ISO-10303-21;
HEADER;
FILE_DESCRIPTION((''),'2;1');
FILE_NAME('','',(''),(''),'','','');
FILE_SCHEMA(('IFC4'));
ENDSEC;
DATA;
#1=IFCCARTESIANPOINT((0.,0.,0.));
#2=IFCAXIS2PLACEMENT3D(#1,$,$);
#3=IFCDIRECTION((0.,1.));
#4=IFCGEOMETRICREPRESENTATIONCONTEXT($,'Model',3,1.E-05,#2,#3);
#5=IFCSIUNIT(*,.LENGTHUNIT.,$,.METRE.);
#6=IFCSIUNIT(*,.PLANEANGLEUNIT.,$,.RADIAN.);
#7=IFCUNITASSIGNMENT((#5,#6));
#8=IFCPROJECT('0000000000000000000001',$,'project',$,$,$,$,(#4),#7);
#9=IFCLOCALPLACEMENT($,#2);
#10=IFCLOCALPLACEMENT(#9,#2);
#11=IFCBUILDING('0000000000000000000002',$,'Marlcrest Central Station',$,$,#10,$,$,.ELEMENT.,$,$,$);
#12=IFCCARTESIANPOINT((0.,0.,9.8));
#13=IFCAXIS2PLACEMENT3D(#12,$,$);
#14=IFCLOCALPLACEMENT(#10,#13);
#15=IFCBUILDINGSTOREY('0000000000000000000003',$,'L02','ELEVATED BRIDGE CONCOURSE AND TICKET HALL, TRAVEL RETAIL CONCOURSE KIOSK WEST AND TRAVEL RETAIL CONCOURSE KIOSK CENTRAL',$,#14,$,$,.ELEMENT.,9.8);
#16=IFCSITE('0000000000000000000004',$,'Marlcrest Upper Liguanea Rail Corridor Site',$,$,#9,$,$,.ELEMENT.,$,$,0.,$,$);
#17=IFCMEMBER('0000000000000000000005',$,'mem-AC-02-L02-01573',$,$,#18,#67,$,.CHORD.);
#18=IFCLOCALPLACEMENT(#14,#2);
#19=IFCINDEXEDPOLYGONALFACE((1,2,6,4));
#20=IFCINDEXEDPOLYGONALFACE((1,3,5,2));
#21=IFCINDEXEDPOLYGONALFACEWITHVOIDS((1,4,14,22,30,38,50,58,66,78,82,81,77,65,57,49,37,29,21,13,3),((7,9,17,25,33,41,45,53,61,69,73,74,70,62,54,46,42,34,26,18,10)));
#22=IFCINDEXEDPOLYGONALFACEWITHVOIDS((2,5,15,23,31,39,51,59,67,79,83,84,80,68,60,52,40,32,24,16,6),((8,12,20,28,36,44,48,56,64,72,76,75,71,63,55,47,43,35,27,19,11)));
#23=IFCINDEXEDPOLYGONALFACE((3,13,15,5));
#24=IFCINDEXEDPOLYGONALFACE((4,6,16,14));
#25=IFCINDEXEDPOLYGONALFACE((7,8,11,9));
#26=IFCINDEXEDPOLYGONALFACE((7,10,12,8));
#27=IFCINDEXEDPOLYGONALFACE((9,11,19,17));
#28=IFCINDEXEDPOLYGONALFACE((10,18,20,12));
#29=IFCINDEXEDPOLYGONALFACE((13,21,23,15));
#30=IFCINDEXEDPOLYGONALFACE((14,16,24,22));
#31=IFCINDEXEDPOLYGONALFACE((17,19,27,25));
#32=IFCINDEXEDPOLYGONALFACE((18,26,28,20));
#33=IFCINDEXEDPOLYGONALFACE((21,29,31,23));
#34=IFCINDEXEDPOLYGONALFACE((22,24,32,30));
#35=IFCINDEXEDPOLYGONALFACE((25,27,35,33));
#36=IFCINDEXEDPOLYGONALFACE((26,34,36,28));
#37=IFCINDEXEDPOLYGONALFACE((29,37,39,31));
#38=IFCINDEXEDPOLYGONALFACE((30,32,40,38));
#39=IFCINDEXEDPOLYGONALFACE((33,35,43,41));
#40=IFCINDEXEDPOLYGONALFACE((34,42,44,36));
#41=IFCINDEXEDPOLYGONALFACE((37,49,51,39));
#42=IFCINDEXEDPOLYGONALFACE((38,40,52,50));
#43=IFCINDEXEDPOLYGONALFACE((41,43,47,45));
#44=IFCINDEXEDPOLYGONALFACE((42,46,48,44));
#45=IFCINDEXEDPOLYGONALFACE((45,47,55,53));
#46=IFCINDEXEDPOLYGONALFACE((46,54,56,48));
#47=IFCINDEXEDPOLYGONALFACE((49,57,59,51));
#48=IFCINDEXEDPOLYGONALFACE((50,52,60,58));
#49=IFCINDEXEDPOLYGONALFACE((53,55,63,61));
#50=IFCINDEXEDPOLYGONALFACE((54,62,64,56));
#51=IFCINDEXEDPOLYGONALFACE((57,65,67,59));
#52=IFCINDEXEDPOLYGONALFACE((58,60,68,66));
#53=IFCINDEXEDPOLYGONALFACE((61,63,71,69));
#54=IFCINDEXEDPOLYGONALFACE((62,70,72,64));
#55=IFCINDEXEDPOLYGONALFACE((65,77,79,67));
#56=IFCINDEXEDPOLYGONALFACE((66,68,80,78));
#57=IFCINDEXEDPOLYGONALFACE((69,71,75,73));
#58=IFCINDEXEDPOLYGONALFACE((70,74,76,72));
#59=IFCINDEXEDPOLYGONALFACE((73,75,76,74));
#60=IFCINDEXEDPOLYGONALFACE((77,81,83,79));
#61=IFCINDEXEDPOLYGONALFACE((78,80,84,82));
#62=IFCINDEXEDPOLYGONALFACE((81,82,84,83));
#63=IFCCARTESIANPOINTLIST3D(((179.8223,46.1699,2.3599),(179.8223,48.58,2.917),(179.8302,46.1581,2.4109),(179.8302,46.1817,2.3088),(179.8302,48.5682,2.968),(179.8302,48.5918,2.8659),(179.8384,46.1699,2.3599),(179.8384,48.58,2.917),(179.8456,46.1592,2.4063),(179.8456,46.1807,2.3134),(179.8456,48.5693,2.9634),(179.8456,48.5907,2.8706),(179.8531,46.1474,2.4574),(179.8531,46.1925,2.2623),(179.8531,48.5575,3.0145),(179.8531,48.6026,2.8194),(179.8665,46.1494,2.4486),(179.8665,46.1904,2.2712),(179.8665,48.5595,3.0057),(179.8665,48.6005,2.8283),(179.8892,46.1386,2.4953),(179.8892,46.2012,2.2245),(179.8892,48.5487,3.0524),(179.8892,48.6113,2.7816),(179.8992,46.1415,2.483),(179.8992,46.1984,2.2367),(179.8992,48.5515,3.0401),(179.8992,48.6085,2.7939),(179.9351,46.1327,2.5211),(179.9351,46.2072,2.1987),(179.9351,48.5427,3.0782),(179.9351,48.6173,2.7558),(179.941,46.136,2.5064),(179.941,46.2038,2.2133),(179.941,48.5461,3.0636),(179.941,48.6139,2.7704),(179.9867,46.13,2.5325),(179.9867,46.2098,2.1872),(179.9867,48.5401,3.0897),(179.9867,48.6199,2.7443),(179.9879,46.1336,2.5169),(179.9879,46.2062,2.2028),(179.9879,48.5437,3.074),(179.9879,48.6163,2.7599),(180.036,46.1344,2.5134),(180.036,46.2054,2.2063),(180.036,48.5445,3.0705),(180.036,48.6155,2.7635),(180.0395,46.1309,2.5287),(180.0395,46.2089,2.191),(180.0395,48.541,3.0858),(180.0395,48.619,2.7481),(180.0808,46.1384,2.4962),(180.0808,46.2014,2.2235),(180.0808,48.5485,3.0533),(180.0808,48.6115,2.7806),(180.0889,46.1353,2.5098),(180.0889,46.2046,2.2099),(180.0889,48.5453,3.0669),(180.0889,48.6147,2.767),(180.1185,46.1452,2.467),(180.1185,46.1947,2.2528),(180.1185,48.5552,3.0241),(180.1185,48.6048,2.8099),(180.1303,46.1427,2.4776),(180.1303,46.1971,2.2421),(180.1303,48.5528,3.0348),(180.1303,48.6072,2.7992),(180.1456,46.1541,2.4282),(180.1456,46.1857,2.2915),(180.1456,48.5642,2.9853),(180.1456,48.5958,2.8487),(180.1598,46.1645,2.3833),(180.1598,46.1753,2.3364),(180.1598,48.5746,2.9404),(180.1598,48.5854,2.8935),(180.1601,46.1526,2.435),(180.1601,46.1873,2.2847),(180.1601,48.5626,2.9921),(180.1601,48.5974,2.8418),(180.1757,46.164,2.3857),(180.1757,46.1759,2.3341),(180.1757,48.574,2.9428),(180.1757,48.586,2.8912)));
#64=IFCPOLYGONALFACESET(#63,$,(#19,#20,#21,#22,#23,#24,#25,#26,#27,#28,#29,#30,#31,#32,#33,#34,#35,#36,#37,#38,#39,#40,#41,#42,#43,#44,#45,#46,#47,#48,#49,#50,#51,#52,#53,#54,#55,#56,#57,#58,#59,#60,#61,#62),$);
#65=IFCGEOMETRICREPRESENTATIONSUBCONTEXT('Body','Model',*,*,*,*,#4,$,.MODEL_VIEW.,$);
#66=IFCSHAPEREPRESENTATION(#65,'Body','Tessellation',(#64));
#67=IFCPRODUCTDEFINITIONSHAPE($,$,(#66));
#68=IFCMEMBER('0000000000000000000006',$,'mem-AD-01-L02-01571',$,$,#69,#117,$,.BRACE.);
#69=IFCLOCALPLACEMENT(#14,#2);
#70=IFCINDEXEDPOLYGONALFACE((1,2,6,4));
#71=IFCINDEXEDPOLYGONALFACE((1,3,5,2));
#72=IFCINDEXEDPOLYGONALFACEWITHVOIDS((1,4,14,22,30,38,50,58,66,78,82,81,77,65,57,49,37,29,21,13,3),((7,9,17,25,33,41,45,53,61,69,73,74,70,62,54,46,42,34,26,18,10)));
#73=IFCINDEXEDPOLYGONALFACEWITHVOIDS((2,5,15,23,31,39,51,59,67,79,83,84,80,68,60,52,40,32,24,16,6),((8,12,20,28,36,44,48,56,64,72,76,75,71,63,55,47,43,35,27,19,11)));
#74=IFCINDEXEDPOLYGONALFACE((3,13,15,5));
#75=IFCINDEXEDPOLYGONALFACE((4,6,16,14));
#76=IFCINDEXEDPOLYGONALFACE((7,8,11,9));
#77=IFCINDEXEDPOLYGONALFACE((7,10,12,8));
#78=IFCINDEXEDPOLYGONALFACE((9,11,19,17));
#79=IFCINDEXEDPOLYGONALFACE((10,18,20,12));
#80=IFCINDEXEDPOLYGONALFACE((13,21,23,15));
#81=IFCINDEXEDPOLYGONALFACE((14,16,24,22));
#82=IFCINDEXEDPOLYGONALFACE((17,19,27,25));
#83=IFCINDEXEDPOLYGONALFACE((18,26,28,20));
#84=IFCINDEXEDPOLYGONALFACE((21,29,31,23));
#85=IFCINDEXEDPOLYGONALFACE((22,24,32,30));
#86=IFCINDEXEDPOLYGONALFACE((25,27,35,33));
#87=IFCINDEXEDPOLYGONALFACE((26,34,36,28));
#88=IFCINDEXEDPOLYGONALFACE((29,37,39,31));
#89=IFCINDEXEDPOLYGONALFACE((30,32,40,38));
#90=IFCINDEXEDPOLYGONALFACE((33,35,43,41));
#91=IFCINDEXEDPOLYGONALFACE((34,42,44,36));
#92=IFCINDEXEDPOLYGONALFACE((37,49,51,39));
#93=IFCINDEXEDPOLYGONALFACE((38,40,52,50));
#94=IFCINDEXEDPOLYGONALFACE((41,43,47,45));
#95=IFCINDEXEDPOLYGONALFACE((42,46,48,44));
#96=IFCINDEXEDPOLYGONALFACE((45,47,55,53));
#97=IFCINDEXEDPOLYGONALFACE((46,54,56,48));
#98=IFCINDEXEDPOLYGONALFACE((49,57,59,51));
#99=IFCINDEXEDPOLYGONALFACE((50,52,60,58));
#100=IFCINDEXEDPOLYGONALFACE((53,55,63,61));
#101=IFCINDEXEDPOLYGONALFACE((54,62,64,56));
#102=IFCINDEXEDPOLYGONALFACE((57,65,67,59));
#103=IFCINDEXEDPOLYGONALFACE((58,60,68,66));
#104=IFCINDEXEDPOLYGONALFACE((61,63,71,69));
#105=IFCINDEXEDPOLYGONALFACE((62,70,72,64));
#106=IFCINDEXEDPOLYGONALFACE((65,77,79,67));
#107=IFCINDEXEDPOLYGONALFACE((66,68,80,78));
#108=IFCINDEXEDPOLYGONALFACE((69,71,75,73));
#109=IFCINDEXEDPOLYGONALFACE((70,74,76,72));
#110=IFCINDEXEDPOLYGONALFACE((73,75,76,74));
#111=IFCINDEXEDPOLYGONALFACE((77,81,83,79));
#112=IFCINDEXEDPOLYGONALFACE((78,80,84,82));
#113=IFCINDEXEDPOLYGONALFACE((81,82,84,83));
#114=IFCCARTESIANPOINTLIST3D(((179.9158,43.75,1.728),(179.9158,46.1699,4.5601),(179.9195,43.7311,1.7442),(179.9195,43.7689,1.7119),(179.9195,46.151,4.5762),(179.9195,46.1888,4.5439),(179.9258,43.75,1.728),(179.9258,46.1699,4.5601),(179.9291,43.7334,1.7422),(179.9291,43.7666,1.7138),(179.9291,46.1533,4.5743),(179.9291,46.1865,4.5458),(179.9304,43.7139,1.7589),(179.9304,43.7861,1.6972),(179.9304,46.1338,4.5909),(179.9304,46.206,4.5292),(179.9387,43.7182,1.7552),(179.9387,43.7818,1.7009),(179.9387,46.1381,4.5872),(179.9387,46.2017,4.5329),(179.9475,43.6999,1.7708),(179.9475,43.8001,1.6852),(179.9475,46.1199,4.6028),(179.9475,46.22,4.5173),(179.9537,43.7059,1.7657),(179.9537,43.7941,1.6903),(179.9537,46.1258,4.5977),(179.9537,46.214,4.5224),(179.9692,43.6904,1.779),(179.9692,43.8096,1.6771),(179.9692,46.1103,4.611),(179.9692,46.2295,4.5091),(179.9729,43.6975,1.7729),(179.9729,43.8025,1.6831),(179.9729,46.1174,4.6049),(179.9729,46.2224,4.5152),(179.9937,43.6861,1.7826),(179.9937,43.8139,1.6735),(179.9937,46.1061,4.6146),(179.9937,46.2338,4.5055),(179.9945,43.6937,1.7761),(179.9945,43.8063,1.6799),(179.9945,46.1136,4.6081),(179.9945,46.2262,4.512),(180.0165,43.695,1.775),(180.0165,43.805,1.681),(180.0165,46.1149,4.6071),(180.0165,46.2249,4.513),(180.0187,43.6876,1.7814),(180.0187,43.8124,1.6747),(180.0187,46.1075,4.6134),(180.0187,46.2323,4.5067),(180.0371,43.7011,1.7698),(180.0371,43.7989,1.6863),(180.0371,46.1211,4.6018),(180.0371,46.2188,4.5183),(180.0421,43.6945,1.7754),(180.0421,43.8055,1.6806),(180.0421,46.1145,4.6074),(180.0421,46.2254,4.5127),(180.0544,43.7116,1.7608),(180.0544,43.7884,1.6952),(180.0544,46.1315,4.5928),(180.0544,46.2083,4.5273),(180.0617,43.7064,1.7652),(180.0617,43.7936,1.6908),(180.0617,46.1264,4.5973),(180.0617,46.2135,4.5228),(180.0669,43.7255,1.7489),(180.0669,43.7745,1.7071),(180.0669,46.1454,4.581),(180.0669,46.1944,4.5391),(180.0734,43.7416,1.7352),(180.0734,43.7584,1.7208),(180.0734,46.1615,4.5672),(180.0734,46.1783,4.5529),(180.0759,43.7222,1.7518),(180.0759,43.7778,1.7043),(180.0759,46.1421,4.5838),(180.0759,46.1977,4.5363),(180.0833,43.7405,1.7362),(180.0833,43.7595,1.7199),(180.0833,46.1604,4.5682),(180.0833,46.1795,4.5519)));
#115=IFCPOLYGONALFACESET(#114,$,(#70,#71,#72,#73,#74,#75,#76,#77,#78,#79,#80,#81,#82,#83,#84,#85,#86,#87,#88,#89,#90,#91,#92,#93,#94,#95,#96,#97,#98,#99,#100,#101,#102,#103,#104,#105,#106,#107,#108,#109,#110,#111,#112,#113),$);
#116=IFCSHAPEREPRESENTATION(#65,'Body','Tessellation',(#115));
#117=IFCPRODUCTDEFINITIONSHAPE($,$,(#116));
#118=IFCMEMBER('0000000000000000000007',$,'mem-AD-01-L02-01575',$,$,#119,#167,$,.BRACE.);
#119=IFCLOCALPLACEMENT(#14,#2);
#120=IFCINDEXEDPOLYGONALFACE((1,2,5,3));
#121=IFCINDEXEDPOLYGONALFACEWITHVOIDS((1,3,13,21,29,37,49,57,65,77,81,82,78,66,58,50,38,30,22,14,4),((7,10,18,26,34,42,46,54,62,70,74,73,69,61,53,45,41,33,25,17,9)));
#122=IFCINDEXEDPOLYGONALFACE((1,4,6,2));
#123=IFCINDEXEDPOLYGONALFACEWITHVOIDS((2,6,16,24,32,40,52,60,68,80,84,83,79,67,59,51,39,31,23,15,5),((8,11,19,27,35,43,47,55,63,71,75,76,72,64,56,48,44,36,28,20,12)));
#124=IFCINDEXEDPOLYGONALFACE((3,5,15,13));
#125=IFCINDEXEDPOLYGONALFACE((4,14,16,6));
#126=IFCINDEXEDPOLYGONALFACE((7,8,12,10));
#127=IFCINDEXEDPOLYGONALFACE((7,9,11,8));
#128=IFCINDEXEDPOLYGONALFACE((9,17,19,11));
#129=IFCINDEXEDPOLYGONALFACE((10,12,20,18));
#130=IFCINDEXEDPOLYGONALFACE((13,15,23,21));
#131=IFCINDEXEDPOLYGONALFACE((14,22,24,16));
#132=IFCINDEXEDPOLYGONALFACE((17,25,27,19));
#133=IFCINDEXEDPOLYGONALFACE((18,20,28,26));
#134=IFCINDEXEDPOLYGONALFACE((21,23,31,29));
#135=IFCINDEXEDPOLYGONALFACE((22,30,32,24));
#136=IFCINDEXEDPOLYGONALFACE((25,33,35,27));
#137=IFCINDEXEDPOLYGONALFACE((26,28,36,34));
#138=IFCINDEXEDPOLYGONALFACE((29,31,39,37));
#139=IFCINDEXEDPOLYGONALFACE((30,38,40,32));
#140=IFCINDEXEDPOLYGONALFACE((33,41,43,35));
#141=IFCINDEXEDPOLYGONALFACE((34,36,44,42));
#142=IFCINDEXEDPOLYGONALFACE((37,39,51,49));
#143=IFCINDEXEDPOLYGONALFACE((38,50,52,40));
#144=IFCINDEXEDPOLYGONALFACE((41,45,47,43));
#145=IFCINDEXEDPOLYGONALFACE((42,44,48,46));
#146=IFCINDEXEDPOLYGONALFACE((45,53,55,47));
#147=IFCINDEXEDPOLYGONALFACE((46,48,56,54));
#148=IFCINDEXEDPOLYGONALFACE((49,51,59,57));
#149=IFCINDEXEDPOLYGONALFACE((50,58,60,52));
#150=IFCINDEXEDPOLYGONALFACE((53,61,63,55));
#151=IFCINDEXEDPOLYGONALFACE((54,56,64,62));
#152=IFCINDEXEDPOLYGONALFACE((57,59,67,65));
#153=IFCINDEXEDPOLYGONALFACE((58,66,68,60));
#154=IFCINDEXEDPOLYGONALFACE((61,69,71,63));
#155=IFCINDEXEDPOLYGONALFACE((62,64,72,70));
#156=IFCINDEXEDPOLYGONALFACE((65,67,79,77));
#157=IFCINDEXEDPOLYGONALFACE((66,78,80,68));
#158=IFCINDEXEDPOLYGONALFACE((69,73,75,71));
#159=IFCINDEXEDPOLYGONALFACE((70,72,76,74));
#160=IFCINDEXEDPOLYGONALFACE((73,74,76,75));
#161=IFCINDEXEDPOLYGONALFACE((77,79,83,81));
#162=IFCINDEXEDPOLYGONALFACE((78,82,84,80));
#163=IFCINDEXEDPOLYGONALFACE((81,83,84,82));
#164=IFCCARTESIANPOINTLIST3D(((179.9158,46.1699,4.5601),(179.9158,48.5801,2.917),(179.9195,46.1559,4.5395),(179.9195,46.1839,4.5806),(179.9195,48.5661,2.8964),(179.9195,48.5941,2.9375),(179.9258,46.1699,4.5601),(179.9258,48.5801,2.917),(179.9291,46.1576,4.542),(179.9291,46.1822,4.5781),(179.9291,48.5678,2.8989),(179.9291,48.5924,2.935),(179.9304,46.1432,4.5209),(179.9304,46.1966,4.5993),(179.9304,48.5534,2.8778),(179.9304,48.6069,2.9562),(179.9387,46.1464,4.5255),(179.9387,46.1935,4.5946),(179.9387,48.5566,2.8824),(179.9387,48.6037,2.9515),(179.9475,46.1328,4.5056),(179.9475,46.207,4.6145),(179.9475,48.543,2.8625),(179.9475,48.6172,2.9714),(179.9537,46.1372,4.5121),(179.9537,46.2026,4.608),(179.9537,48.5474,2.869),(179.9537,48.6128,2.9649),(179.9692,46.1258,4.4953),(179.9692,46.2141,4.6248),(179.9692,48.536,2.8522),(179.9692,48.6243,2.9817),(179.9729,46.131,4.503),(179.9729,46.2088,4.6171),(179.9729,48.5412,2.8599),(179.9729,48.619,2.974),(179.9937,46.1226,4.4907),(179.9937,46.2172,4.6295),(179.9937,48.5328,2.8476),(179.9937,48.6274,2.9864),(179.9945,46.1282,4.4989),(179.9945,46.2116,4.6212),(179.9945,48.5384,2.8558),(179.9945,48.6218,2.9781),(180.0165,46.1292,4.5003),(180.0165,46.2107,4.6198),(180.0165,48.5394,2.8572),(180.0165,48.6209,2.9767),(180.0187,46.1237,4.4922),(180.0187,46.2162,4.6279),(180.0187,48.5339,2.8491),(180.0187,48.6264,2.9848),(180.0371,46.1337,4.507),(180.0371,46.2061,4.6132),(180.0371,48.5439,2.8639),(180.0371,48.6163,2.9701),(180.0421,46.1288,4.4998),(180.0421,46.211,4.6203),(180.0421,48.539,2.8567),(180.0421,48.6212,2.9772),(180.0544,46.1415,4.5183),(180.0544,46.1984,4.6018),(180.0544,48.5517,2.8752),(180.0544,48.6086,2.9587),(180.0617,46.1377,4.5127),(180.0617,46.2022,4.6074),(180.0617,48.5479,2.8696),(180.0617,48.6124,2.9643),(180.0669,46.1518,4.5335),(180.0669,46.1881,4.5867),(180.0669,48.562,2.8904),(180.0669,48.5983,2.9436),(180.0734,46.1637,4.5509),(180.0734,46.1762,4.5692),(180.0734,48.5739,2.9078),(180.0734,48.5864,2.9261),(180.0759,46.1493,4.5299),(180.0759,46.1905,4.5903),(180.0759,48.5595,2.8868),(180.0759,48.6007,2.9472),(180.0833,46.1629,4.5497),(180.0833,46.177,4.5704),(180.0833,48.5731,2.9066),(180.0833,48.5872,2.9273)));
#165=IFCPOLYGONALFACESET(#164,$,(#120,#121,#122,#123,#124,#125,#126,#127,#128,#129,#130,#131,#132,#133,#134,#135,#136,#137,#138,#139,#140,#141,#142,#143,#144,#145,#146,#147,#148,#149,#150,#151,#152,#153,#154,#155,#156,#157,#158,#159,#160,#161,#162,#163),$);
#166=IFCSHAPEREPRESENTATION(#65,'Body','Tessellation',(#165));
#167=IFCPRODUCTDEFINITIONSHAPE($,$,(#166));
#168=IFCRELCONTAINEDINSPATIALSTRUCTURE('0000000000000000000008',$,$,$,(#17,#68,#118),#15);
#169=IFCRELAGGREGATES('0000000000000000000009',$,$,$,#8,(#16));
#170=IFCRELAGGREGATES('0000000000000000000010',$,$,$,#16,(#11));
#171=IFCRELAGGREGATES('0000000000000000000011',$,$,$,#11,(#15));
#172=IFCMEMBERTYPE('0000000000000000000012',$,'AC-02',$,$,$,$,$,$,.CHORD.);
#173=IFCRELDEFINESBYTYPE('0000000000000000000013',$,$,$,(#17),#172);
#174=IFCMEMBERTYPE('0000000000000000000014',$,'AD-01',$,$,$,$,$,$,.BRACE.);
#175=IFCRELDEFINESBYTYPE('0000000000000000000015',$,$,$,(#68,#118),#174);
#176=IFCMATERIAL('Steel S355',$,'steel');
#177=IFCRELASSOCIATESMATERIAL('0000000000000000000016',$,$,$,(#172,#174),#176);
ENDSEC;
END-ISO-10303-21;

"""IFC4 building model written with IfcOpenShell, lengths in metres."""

from ifc_helpers import new_model, si_unit, direction, frame, origin, origin_2d, place, context, subcontext, project, spatial, hollow_circle, extrude, material, material_profile, profile_set, type_object, element, save


model = new_model("IFC4")

# Units and contexts
model_context = context("Model", 3, precision=1e-05, world=origin(), true_north=direction((0.0, 1.0)))
body_context = subcontext(model_context, "Body", "Model", "MODEL_VIEW")
ifc_project = project(units=[si_unit("LENGTHUNIT", "METRE"), si_unit("PLANEANGLEUNIT", "RADIAN")], contexts=[model_context])

# Site, building, storey
site_placement = place(None, origin())
site = spatial("IfcSite", under=ifc_project, at=site_placement, Name="Marlcrest Upper Liguanea Rail Corridor Site", CompositionType="ELEMENT", RefElevation=0.0)
building_placement = place(site_placement, origin())
building = spatial("IfcBuilding", under=site, at=building_placement, Name="Marlcrest Central Station", CompositionType="ELEMENT")
storey_placement = place(building_placement, frame((0.0, 0.0, 9.8)))
storey = spatial("IfcBuildingStorey", under=building, at=storey_placement, Name="L02", Description="ELEVATED BRIDGE CONCOURSE AND TICKET HALL, TRAVEL RETAIL CONCOURSE KIOSK WEST AND TRAVEL RETAIL CONCOURSE KIOSK CENTRAL", CompositionType="ELEMENT", Elevation=9.8)

# Members
ifc_material_1 = material(Name="Steel S355", Category="steel")
ifc_material_profile_1 = material_profile(ifc_material_1, hollow_circle(Radius=0.1777, WallThickness=0.0161, at=origin_2d()), Name="CHS 355.6x16")
ifc_profile_set_1 = profile_set([ifc_material_profile_1], Name="Steel S355")
member_type_1 = type_object("IfcMemberType", Name="AC-02", PredefinedType="CHORD", material=ifc_profile_set_1)
member_1_placement = place(storey_placement, frame((180.0, 46.1699, 2.3599), z_axis=(0.0, 0.974308, 0.22522), x_axis=(-1.0, 0.0, 0.0)))
element("IfcMember", 1, at=member_1_placement, inside=storey, type_object=member_type_1, Name="mem-AC-02-L02-01573", PredefinedType="CHORD", context=body_context, shape_type="SweptSolid", body=[
    extrude(hollow_circle(Radius=0.1777, WallThickness=0.0161, at=origin_2d()), origin(), (0.0, 0.0, 1.0), 2.4736),
])
ifc_material_profile_2 = material_profile(ifc_material_1, hollow_circle(Radius=0.0842, WallThickness=0.01, at=origin_2d()), Name="CHS 168.3x10")
ifc_profile_set_2 = profile_set([ifc_material_profile_2], Name="Steel S355")
member_type_2 = type_object("IfcMemberType", Name="AD-01", PredefinedType="BRACE", material=ifc_profile_set_2)
member_2_placement = place(storey_placement, frame((180.0, 43.75, 1.728), z_axis=(0.0, 0.649625, 0.760255), x_axis=(-1.0, 0.0, 0.0)))
element("IfcMember", 2, at=member_2_placement, inside=storey, type_object=member_type_2, Name="mem-AD-01-L02-01571", PredefinedType="BRACE", context=body_context, shape_type="SweptSolid", body=[
    extrude(hollow_circle(Radius=0.0842, WallThickness=0.01, at=origin_2d()), origin(), (0.0, 0.0, 1.0), 3.7251),
])
member_3_placement = place(storey_placement, frame((180.0, 46.1699, 4.5601), z_axis=(0.0, 0.826263, -0.563285), x_axis=(-1.0, 0.0, 0.0)))
element("IfcMember", 3, at=member_3_placement, inside=storey, type_object=member_type_2, Name="mem-AD-01-L02-01575", PredefinedType="BRACE", context=body_context, shape_type="SweptSolid", body=[
    extrude(hollow_circle(Radius=0.0842, WallThickness=0.01, at=origin_2d()), origin(), (0.0, 0.0, 1.0), 2.917),
])

save(model, "model.ifc")
